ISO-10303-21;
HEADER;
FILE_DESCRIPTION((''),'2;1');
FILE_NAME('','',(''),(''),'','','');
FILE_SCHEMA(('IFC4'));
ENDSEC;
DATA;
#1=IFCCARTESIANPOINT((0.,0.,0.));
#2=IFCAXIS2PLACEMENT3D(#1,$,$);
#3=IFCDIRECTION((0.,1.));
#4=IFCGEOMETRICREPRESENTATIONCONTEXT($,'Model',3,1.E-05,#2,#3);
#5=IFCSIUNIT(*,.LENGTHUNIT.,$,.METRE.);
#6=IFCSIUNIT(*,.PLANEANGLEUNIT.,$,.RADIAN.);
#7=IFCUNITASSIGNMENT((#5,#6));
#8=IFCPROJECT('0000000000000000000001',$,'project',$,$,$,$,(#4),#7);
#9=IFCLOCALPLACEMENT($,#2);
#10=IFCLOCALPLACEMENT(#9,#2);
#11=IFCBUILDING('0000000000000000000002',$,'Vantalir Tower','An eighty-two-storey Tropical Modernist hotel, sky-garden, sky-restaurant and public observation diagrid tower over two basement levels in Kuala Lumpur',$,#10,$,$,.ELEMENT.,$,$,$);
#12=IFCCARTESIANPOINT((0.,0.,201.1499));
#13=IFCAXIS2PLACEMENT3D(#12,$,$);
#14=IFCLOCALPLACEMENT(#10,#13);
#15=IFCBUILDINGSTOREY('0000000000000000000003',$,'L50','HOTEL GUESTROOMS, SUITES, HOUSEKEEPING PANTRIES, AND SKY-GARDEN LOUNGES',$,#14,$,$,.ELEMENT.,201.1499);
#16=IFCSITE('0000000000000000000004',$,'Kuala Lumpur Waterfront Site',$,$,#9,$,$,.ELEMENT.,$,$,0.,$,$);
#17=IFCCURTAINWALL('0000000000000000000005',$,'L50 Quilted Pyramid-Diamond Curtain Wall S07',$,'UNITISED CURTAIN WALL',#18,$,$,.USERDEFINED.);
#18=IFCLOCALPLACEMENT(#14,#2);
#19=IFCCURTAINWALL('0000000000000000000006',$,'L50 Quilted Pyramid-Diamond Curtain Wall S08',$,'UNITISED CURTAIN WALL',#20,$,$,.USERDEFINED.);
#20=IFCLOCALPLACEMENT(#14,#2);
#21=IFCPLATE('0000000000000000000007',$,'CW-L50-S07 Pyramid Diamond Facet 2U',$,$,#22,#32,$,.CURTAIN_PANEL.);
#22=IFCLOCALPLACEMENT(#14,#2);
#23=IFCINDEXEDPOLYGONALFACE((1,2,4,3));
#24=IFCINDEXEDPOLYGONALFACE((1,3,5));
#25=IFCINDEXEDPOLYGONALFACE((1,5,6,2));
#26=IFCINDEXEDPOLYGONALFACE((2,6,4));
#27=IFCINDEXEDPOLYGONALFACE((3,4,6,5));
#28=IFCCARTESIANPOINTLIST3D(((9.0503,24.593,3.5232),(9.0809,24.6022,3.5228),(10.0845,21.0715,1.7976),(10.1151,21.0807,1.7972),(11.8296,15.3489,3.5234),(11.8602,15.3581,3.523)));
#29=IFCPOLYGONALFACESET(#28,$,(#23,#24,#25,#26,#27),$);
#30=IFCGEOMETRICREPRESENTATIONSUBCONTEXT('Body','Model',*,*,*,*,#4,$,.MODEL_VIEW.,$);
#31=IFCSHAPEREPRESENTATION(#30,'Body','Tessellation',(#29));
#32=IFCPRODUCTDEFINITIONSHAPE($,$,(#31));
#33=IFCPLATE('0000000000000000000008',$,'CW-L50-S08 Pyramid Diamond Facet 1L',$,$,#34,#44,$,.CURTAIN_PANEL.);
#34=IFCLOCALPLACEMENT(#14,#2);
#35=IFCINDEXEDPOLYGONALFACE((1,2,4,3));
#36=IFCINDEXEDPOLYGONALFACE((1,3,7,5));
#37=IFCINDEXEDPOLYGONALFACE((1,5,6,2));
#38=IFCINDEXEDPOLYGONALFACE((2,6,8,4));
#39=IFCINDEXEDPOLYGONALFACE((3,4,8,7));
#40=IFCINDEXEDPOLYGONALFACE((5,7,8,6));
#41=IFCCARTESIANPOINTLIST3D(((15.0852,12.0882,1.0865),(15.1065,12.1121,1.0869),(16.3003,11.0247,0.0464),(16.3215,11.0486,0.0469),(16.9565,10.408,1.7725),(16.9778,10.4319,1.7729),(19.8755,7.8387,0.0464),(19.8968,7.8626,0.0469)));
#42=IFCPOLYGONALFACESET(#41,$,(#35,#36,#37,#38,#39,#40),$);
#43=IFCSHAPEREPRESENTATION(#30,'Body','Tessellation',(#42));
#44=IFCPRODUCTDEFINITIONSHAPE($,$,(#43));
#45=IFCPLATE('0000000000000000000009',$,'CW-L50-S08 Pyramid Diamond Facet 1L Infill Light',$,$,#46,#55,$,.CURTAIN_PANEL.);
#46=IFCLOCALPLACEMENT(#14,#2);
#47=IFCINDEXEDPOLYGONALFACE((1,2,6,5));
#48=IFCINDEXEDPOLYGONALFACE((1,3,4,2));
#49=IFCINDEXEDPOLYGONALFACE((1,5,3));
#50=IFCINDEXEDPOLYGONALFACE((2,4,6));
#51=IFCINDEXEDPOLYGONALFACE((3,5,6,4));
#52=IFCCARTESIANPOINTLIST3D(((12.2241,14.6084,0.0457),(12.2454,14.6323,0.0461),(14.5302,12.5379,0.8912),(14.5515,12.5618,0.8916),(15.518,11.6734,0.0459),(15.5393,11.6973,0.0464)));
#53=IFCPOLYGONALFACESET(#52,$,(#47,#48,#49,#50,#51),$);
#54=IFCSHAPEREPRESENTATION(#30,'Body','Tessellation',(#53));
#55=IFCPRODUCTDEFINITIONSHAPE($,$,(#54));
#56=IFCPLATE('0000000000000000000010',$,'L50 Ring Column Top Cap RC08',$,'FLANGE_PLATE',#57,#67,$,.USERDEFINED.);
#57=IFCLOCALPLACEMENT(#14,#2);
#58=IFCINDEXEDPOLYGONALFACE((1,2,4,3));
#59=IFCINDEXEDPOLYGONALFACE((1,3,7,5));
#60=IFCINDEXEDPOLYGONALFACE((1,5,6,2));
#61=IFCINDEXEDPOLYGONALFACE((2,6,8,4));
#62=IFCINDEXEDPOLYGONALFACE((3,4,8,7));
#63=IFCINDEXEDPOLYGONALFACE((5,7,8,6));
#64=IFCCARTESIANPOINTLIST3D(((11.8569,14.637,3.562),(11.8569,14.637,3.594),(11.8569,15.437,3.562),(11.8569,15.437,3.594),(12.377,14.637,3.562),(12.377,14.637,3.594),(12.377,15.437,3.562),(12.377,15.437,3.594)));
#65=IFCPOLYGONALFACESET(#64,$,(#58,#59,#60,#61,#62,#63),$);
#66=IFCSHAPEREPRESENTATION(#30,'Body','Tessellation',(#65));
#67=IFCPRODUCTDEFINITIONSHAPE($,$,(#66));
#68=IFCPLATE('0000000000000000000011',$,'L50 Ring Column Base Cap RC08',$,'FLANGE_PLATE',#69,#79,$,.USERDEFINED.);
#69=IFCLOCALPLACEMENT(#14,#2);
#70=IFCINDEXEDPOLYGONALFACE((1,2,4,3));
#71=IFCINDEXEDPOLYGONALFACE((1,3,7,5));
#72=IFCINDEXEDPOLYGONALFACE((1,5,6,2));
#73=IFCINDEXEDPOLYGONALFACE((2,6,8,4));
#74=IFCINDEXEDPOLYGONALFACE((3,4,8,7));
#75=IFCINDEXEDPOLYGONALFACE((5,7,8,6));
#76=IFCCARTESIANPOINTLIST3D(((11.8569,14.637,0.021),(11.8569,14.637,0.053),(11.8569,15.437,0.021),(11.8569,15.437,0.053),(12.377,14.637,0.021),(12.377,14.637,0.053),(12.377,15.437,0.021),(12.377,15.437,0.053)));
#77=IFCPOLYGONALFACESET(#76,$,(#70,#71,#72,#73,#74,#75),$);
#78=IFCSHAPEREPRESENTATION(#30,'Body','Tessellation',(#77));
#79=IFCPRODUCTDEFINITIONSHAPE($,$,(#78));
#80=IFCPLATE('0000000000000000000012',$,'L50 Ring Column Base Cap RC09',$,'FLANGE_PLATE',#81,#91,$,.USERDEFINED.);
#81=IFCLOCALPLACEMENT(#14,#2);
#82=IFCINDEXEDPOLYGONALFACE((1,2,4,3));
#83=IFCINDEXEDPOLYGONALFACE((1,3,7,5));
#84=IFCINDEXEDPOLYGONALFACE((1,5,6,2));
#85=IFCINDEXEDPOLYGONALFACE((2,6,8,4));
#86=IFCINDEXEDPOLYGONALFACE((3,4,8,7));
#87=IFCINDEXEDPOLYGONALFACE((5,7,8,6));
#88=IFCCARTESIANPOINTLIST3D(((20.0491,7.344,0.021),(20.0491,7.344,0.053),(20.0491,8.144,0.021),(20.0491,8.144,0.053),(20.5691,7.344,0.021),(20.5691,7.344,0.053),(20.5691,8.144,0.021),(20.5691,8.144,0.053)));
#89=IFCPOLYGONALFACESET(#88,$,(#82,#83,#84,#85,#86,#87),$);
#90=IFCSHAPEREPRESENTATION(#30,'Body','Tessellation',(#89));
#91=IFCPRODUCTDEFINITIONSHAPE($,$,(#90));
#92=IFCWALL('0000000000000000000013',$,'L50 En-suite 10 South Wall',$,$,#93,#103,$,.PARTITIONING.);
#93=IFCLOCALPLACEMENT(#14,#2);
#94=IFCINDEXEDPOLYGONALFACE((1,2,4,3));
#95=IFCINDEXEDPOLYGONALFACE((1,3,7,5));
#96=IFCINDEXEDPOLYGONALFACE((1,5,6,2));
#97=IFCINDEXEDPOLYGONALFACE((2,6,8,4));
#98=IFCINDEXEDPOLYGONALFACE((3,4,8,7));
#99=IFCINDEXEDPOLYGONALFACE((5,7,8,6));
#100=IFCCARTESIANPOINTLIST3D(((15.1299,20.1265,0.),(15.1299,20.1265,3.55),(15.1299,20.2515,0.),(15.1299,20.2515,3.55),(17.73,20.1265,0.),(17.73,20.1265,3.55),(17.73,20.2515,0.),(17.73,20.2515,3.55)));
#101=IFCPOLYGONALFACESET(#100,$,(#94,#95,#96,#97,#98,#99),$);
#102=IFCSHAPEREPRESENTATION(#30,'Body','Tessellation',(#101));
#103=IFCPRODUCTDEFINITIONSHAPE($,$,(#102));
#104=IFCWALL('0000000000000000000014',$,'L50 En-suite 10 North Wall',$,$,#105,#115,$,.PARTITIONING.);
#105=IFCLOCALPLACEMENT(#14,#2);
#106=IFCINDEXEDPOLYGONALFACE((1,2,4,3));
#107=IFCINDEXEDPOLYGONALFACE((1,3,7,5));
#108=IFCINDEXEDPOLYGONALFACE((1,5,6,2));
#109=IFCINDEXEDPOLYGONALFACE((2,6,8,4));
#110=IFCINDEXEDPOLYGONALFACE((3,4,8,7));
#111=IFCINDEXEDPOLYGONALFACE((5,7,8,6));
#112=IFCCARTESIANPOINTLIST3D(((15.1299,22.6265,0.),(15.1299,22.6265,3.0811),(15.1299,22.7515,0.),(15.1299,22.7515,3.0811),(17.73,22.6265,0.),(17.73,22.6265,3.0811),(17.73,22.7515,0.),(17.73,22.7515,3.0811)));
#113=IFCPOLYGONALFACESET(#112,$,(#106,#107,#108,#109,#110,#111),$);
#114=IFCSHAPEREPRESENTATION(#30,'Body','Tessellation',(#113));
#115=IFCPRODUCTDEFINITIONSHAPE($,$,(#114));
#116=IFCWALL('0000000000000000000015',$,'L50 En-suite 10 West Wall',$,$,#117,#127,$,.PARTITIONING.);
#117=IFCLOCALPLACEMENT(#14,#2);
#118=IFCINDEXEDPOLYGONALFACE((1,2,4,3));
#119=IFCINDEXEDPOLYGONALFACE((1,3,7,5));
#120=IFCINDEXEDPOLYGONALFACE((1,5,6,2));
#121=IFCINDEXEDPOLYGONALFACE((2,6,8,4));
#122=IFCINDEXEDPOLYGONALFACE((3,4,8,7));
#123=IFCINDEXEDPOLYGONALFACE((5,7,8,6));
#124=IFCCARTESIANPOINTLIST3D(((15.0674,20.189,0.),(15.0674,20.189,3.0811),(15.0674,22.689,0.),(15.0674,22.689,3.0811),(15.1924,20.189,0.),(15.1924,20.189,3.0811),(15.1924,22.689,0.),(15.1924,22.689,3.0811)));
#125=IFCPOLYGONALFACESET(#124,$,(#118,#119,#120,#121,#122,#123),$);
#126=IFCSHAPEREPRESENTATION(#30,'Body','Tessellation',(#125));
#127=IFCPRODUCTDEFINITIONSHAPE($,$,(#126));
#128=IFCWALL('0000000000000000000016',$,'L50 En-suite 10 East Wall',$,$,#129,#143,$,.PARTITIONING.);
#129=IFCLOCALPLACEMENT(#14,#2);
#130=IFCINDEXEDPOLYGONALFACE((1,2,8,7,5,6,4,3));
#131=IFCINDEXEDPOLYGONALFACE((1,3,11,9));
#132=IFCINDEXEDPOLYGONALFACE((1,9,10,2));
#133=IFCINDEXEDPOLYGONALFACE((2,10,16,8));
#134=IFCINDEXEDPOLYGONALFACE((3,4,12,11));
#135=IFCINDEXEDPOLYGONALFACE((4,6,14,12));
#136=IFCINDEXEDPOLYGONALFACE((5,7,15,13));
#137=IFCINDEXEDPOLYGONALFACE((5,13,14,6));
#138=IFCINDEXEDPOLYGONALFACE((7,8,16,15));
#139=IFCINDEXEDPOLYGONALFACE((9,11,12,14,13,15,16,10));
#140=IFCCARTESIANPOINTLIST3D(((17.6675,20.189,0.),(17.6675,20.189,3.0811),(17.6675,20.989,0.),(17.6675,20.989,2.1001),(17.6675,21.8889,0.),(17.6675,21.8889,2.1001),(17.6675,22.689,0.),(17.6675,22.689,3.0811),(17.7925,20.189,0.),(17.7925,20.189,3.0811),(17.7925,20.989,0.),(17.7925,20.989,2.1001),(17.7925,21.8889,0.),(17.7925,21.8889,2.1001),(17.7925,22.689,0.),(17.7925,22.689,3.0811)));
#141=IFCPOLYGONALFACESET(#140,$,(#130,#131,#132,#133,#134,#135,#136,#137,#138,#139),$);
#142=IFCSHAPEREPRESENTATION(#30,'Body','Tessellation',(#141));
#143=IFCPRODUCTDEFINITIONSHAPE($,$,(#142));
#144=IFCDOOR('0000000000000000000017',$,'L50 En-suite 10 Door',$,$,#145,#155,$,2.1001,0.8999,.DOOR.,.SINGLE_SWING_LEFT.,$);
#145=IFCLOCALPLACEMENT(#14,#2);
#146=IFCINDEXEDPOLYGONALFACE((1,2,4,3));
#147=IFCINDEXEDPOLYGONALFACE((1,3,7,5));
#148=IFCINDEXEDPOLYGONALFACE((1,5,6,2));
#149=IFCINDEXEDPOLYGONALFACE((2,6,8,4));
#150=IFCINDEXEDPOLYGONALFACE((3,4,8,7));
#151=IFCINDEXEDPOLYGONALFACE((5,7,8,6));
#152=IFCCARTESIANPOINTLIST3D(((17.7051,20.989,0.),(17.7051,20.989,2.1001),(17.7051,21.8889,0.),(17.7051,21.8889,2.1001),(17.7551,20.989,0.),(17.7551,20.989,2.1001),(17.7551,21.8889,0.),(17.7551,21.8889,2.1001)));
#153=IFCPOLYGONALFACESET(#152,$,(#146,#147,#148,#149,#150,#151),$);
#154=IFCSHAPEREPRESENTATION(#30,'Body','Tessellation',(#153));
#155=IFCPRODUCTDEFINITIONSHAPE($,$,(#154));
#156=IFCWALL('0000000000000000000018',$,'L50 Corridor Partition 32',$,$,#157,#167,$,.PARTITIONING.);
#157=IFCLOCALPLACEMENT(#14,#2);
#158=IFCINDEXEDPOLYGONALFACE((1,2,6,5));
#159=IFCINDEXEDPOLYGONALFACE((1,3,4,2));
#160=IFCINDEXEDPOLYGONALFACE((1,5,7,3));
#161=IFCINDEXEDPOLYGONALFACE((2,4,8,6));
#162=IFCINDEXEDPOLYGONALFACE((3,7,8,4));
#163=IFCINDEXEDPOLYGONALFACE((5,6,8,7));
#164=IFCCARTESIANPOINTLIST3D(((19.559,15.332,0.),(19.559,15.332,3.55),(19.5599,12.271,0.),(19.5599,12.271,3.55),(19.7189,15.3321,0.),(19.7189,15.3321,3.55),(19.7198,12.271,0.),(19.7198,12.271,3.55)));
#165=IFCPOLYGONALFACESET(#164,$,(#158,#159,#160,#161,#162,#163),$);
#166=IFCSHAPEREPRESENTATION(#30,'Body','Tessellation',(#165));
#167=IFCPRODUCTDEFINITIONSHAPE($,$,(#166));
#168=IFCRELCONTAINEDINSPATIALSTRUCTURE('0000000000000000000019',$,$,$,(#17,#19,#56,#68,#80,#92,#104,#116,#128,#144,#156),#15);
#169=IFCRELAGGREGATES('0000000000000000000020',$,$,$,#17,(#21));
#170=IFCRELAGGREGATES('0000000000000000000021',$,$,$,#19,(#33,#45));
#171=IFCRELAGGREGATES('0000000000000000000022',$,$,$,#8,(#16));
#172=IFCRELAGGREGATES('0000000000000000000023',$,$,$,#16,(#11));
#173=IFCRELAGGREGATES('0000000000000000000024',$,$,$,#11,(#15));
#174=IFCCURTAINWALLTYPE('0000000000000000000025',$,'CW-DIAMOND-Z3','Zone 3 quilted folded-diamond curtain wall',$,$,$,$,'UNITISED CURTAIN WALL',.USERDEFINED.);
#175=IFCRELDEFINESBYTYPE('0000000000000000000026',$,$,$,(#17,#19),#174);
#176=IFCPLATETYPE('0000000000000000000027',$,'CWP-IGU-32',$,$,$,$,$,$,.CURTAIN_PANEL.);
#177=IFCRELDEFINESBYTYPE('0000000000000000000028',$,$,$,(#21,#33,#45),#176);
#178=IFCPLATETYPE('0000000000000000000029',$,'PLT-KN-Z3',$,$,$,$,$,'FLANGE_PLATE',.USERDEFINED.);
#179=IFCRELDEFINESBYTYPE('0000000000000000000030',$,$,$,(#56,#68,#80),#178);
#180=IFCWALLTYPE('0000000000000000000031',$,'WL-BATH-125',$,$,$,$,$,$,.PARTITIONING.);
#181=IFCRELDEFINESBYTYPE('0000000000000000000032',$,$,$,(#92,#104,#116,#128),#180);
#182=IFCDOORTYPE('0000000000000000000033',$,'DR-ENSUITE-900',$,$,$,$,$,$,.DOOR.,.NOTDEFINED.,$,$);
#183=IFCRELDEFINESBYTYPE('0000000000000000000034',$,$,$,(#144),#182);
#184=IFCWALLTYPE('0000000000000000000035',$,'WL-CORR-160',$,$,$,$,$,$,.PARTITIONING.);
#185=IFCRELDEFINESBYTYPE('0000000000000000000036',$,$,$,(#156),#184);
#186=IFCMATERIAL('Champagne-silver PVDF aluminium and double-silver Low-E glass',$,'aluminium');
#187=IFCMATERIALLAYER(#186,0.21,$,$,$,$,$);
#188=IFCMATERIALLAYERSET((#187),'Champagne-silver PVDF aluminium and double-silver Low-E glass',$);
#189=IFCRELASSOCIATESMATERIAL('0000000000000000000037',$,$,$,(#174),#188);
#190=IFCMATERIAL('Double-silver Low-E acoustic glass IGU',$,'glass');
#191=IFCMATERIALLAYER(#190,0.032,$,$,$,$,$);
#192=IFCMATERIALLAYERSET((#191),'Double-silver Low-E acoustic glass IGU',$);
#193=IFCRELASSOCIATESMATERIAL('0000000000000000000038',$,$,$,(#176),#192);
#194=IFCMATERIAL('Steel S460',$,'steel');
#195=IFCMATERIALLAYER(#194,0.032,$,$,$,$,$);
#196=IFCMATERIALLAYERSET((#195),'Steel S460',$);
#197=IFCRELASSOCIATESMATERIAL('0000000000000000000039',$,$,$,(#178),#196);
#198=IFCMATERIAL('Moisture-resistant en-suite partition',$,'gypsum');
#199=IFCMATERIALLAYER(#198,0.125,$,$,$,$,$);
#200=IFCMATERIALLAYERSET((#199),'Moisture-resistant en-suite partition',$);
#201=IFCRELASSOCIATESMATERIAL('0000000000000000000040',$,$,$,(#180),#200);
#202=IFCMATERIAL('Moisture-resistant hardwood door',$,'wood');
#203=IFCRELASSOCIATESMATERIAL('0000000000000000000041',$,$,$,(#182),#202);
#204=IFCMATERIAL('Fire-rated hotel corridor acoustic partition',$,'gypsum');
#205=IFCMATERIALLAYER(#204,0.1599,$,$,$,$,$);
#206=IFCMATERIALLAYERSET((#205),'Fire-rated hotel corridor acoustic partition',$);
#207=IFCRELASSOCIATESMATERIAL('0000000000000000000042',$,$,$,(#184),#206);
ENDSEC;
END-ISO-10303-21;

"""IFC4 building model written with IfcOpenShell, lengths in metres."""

from ifc_helpers import new_model, si_unit, direction, frame, frame_2d, origin, place, context, subcontext, project, spatial, polyline, rectangle, outline, extrude, material, layer, layer_set, type_object, element, fill, aggregate, save


model = new_model("IFC4")

# Units and contexts
model_context = context("Model", 3, precision=1e-05, world=origin(), true_north=direction((0.0, 1.0)))
body_context = subcontext(model_context, "Body", "Model", "MODEL_VIEW")
ifc_project = project(units=[si_unit("LENGTHUNIT", "METRE"), si_unit("PLANEANGLEUNIT", "RADIAN")], contexts=[model_context])

# Site, building, storey
site_placement = place(None, origin())
site = spatial("IfcSite", under=ifc_project, at=site_placement, Name="Kuala Lumpur Waterfront Site", CompositionType="ELEMENT", RefElevation=0.0)
building_placement = place(site_placement, origin())
building = spatial("IfcBuilding", under=site, at=building_placement, Name="Vantalir Tower", Description="An eighty-two-storey Tropical Modernist hotel, sky-garden, sky-restaurant and public observation diagrid tower over two basement levels in Kuala Lumpur", CompositionType="ELEMENT")
storey_placement = place(building_placement, frame((0.0, 0.0, 201.1499)))
storey = spatial("IfcBuildingStorey", under=building, at=storey_placement, Name="L50", Description="HOTEL GUESTROOMS, SUITES, HOUSEKEEPING PANTRIES, AND SKY-GARDEN LOUNGES", CompositionType="ELEMENT", Elevation=201.1499)

# Shared definitions
ifc_material_1 = material(Name="Steel S460", Category="steel")

# Curtain wall
ifc_material_2 = material(Name="Champagne-silver PVDF aluminium and double-silver Low-E glass", Category="aluminium")
ifc_layer_1 = layer(ifc_material_2, 0.21)
ifc_layer_set_1 = layer_set([ifc_layer_1], Name="Champagne-silver PVDF aluminium and double-silver Low-E glass")
curtain_wall_type = type_object("IfcCurtainWallType", Name="CW-DIAMOND-Z3", Description="Zone 3 quilted folded-diamond curtain wall", ElementType="UNITISED CURTAIN WALL", PredefinedType="USERDEFINED", material=ifc_layer_set_1)
curtain_wall_1_placement = place(storey_placement, origin())
curtain_wall_1 = element("IfcCurtainWall", 1, at=curtain_wall_1_placement, inside=storey, type_object=curtain_wall_type, Name="L50 Quilted Pyramid-Diamond Curtain Wall S07", ObjectType="UNITISED CURTAIN WALL", PredefinedType="USERDEFINED")

# Curtain wall
curtain_wall_2_placement = place(storey_placement, origin())
curtain_wall_2 = element("IfcCurtainWall", 2, at=curtain_wall_2_placement, inside=storey, type_object=curtain_wall_type, Name="L50 Quilted Pyramid-Diamond Curtain Wall S08", ObjectType="UNITISED CURTAIN WALL", PredefinedType="USERDEFINED")

# Plates
ifc_material_3 = material(Name="Double-silver Low-E acoustic glass IGU", Category="glass")
ifc_layer_2 = layer(ifc_material_3, 0.032)
ifc_layer_set_2 = layer_set([ifc_layer_2], Name="Double-silver Low-E acoustic glass IGU")
plate_type_1 = type_object("IfcPlateType", Name="CWP-IGU-32", PredefinedType="CURTAIN_PANEL", material=ifc_layer_set_2)
plate_1_placement = place(storey_placement, frame((11.8296, 15.3489, 3.5234), z_axis=(-0.957565, -0.287896, 0.013635), x_axis=(-0.287923, 0.957653, -0.000025)))
plate_1 = element("IfcPlate", 3, at=plate_1_placement, type_object=plate_type_1, Name="CW-L50-S07 Pyramid Diamond Facet 2U", PredefinedType="CURTAIN_PANEL", context=body_context, shape_type="SweptSolid", body=[
    extrude(outline(polyline([(0.0, 0.0), (9.6529, 0.0), (5.9828, 1.7258), (0.0, 0.0)])), origin(), (0.0, 0.0, -1.0), 0.032),
])
aggregate(curtain_wall_1, [plate_1])
plate_2_placement = place(storey_placement, frame((16.3215, 11.0486, 0.0469), z_axis=(0.665232, 0.746509, 0.013796), x_axis=(0.74658, -0.665295, 0.0)))
plate_2 = element("IfcPlate", 4, at=plate_2_placement, type_object=plate_type_1, Name="CW-L50-S08 Pyramid Diamond Facet 1L", PredefinedType="CURTAIN_PANEL", context=body_context, shape_type="SweptSolid", body=[
    extrude(outline(polyline([(0.0, 0.0), (4.7888, 0.0), (0.9002, -1.7262), (-1.6147, -1.0401), (0.0, 0.0)])), origin(), (0.0, 0.0, -1.0), 0.032),
])
plate_3_placement = place(storey_placement, frame((12.2454, 14.6323, 0.0461), z_axis=(0.665199, 0.746538, 0.013837), x_axis=(0.746609, -0.665263, 0.000055)))
plate_3 = element("IfcPlate", 5, at=plate_3_placement, type_object=plate_type_1, Name="CW-L50-S08 Pyramid Diamond Facet 1L Infill Light", PredefinedType="CURTAIN_PANEL", context=body_context, shape_type="SweptSolid", body=[
    extrude(outline(polyline([(0.0, 0.0), (4.4119, 0.0), (3.0993, -0.8454), (0.0, 0.0)])), origin(), (0.0, 0.0, -1.0), 0.032),
])
aggregate(curtain_wall_2, [plate_2, plate_3])

# Plates
ifc_layer_3 = layer(ifc_material_1, 0.032)
ifc_layer_set_3 = layer_set([ifc_layer_3], Name="Steel S460")
plate_type_2 = type_object("IfcPlateType", Name="PLT-KN-Z3", ElementType="FLANGE_PLATE", PredefinedType="USERDEFINED", material=ifc_layer_set_3)
for number, where, z_axis, x_axis, name in (
    (6, (11.8569, 15.437, 3.594), (0.0, 0.0, 1.0), (0.0, -1.0, 0.0), "L50 Ring Column Top Cap RC08"),
    (7, (11.8569, 15.437, 0.053), (0.0, 0.0, 1.0), (0.0, -1.0, 0.0), "L50 Ring Column Base Cap RC08"),
    (8, (20.0491, 8.144, 0.053), (0.0, 0.0, 1.0), (0.0, -1.0, 0.0), "L50 Ring Column Base Cap RC09"),
):
    element("IfcPlate", number, at=place(storey_placement, frame(where, z_axis=z_axis, x_axis=x_axis)), inside=storey, type_object=plate_type_2, Name=name, ObjectType="FLANGE_PLATE", PredefinedType="USERDEFINED", context=body_context, shape_type="SweptSolid", body=[
        extrude(outline(polyline([(0.0, 0.0), (0.8, 0.0), (0.8, 0.52), (0.0, 0.52), (0.0, 0.0)])), origin(), (0.0, 0.0, -1.0), 0.032),
    ])

# Walls
ifc_material_4 = material(Name="Moisture-resistant en-suite partition", Category="gypsum")
ifc_layer_4 = layer(ifc_material_4, 0.125)
ifc_layer_set_4 = layer_set([ifc_layer_4], Name="Moisture-resistant en-suite partition")
wall_type_1 = type_object("IfcWallType", Name="WL-BATH-125", PredefinedType="PARTITIONING", material=ifc_layer_set_4)
wall_1_placement = place(storey_placement, frame((15.1299, 20.189, 0.0), z_axis=(0.0, 0.0, 1.0), x_axis=(1.0, 0.0, 0.0)))
element("IfcWall", 9, at=wall_1_placement, inside=storey, type_object=wall_type_1, Name="L50 En-suite 10 South Wall", PredefinedType="PARTITIONING", context=body_context, shape_type="SweptSolid", body=[
    extrude(rectangle(XDim=2.6001, YDim=0.125, at=frame_2d((1.3, 0.0))), origin(), (0.0, 0.0, 1.0), 3.55),
])
wall_2_placement = place(storey_placement, frame((15.1299, 22.689, 0.0), z_axis=(0.0, 0.0, 1.0), x_axis=(1.0, 0.0, 0.0)))
element("IfcWall", 10, at=wall_2_placement, inside=storey, type_object=wall_type_1, Name="L50 En-suite 10 North Wall", PredefinedType="PARTITIONING", context=body_context, shape_type="SweptSolid", body=[
    extrude(rectangle(XDim=2.6001, YDim=0.125, at=frame_2d((1.3, 0.0))), origin(), (0.0, 0.0, 1.0), 3.0811),
])
wall_3_placement = place(storey_placement, frame((15.1299, 20.189, 0.0), z_axis=(0.0, 0.0, 1.0), x_axis=(0.0, 1.0, 0.0)))
element("IfcWall", 11, at=wall_3_placement, inside=storey, type_object=wall_type_1, Name="L50 En-suite 10 West Wall", PredefinedType="PARTITIONING", context=body_context, shape_type="SweptSolid", body=[
    extrude(rectangle(XDim=2.5, YDim=0.125, at=frame_2d((1.25, 0.0))), origin(), (0.0, 0.0, 1.0), 3.0811),
])

# Wall, opening, door
wall_4_placement = place(storey_placement, frame((17.73, 20.189, 0.0), z_axis=(0.0, 0.0, 1.0), x_axis=(0.0, 1.0, 0.0)))
wall_4 = element("IfcWall", 12, at=wall_4_placement, inside=storey, type_object=wall_type_1, Name="L50 En-suite 10 East Wall", PredefinedType="PARTITIONING", context=body_context, shape_type="SweptSolid", body=[
    extrude(rectangle(XDim=2.5, YDim=0.125, at=frame_2d((1.25, 0.0))), origin(), (0.0, 0.0, 1.0), 3.0811),
])
opening_1_placement = place(wall_4_placement, frame((0.8, 0.0, 0.0)))
opening_1 = element("IfcOpeningElement", 13, at=opening_1_placement, cuts=wall_4, PredefinedType="OPENING", context=body_context, shape_type="SweptSolid", body=[
    extrude(rectangle(XDim=0.8999, YDim=2.1001, at=frame_2d((0.45, 1.05))), frame((0.0, 0.0725, 0.0), z_axis=(0.0, -1.0, 0.0), x_axis=(1.0, 0.0, 0.0)), (0.0, 0.0, 1.0), 0.145),
])
ifc_material_5 = material(Name="Moisture-resistant hardwood door", Category="wood")
door_type_1 = type_object("IfcDoorType", Name="DR-ENSUITE-900", OperationType="NOTDEFINED", PredefinedType="DOOR", material=ifc_material_5)
door_1_placement = place(opening_1_placement, origin())
door_1 = element("IfcDoor", 14, at=door_1_placement, inside=storey, type_object=door_type_1, Name="L50 En-suite 10 Door", OperationType="SINGLE_SWING_LEFT", OverallHeight=2.1001, OverallWidth=0.8999, PredefinedType="DOOR", context=body_context, shape_type="SweptSolid", body=[
    extrude(rectangle(XDim=0.8999, YDim=2.1001, at=frame_2d((0.45, 1.05))), frame((0.0, 0.0249, 0.0), z_axis=(0.0, -1.0, 0.0), x_axis=(1.0, 0.0, 0.0)), (0.0, 0.0, 1.0), 0.05),
])
fill(opening_1, door_1)

# Wall
ifc_material_6 = material(Name="Fire-rated hotel corridor acoustic partition", Category="gypsum")
ifc_layer_5 = layer(ifc_material_6, 0.1599)
ifc_layer_set_5 = layer_set([ifc_layer_5], Name="Fire-rated hotel corridor acoustic partition")
wall_type_2 = type_object("IfcWallType", Name="WL-CORR-160", PredefinedType="PARTITIONING", material=ifc_layer_set_5)
wall_5_placement = place(storey_placement, frame((19.6399, 12.271, 0.0), z_axis=(0.0, 0.0, 1.0), x_axis=(-0.000319, 1.0, 0.0)))
element("IfcWall", 15, at=wall_5_placement, inside=storey, type_object=wall_type_2, Name="L50 Corridor Partition 32", PredefinedType="PARTITIONING", context=body_context, shape_type="SweptSolid", body=[
    extrude(rectangle(XDim=3.061, YDim=0.1599, at=frame_2d((1.5305, 0.0))), origin(), (0.0, 0.0, 1.0), 3.55),
])

save(model, "model.ifc")
